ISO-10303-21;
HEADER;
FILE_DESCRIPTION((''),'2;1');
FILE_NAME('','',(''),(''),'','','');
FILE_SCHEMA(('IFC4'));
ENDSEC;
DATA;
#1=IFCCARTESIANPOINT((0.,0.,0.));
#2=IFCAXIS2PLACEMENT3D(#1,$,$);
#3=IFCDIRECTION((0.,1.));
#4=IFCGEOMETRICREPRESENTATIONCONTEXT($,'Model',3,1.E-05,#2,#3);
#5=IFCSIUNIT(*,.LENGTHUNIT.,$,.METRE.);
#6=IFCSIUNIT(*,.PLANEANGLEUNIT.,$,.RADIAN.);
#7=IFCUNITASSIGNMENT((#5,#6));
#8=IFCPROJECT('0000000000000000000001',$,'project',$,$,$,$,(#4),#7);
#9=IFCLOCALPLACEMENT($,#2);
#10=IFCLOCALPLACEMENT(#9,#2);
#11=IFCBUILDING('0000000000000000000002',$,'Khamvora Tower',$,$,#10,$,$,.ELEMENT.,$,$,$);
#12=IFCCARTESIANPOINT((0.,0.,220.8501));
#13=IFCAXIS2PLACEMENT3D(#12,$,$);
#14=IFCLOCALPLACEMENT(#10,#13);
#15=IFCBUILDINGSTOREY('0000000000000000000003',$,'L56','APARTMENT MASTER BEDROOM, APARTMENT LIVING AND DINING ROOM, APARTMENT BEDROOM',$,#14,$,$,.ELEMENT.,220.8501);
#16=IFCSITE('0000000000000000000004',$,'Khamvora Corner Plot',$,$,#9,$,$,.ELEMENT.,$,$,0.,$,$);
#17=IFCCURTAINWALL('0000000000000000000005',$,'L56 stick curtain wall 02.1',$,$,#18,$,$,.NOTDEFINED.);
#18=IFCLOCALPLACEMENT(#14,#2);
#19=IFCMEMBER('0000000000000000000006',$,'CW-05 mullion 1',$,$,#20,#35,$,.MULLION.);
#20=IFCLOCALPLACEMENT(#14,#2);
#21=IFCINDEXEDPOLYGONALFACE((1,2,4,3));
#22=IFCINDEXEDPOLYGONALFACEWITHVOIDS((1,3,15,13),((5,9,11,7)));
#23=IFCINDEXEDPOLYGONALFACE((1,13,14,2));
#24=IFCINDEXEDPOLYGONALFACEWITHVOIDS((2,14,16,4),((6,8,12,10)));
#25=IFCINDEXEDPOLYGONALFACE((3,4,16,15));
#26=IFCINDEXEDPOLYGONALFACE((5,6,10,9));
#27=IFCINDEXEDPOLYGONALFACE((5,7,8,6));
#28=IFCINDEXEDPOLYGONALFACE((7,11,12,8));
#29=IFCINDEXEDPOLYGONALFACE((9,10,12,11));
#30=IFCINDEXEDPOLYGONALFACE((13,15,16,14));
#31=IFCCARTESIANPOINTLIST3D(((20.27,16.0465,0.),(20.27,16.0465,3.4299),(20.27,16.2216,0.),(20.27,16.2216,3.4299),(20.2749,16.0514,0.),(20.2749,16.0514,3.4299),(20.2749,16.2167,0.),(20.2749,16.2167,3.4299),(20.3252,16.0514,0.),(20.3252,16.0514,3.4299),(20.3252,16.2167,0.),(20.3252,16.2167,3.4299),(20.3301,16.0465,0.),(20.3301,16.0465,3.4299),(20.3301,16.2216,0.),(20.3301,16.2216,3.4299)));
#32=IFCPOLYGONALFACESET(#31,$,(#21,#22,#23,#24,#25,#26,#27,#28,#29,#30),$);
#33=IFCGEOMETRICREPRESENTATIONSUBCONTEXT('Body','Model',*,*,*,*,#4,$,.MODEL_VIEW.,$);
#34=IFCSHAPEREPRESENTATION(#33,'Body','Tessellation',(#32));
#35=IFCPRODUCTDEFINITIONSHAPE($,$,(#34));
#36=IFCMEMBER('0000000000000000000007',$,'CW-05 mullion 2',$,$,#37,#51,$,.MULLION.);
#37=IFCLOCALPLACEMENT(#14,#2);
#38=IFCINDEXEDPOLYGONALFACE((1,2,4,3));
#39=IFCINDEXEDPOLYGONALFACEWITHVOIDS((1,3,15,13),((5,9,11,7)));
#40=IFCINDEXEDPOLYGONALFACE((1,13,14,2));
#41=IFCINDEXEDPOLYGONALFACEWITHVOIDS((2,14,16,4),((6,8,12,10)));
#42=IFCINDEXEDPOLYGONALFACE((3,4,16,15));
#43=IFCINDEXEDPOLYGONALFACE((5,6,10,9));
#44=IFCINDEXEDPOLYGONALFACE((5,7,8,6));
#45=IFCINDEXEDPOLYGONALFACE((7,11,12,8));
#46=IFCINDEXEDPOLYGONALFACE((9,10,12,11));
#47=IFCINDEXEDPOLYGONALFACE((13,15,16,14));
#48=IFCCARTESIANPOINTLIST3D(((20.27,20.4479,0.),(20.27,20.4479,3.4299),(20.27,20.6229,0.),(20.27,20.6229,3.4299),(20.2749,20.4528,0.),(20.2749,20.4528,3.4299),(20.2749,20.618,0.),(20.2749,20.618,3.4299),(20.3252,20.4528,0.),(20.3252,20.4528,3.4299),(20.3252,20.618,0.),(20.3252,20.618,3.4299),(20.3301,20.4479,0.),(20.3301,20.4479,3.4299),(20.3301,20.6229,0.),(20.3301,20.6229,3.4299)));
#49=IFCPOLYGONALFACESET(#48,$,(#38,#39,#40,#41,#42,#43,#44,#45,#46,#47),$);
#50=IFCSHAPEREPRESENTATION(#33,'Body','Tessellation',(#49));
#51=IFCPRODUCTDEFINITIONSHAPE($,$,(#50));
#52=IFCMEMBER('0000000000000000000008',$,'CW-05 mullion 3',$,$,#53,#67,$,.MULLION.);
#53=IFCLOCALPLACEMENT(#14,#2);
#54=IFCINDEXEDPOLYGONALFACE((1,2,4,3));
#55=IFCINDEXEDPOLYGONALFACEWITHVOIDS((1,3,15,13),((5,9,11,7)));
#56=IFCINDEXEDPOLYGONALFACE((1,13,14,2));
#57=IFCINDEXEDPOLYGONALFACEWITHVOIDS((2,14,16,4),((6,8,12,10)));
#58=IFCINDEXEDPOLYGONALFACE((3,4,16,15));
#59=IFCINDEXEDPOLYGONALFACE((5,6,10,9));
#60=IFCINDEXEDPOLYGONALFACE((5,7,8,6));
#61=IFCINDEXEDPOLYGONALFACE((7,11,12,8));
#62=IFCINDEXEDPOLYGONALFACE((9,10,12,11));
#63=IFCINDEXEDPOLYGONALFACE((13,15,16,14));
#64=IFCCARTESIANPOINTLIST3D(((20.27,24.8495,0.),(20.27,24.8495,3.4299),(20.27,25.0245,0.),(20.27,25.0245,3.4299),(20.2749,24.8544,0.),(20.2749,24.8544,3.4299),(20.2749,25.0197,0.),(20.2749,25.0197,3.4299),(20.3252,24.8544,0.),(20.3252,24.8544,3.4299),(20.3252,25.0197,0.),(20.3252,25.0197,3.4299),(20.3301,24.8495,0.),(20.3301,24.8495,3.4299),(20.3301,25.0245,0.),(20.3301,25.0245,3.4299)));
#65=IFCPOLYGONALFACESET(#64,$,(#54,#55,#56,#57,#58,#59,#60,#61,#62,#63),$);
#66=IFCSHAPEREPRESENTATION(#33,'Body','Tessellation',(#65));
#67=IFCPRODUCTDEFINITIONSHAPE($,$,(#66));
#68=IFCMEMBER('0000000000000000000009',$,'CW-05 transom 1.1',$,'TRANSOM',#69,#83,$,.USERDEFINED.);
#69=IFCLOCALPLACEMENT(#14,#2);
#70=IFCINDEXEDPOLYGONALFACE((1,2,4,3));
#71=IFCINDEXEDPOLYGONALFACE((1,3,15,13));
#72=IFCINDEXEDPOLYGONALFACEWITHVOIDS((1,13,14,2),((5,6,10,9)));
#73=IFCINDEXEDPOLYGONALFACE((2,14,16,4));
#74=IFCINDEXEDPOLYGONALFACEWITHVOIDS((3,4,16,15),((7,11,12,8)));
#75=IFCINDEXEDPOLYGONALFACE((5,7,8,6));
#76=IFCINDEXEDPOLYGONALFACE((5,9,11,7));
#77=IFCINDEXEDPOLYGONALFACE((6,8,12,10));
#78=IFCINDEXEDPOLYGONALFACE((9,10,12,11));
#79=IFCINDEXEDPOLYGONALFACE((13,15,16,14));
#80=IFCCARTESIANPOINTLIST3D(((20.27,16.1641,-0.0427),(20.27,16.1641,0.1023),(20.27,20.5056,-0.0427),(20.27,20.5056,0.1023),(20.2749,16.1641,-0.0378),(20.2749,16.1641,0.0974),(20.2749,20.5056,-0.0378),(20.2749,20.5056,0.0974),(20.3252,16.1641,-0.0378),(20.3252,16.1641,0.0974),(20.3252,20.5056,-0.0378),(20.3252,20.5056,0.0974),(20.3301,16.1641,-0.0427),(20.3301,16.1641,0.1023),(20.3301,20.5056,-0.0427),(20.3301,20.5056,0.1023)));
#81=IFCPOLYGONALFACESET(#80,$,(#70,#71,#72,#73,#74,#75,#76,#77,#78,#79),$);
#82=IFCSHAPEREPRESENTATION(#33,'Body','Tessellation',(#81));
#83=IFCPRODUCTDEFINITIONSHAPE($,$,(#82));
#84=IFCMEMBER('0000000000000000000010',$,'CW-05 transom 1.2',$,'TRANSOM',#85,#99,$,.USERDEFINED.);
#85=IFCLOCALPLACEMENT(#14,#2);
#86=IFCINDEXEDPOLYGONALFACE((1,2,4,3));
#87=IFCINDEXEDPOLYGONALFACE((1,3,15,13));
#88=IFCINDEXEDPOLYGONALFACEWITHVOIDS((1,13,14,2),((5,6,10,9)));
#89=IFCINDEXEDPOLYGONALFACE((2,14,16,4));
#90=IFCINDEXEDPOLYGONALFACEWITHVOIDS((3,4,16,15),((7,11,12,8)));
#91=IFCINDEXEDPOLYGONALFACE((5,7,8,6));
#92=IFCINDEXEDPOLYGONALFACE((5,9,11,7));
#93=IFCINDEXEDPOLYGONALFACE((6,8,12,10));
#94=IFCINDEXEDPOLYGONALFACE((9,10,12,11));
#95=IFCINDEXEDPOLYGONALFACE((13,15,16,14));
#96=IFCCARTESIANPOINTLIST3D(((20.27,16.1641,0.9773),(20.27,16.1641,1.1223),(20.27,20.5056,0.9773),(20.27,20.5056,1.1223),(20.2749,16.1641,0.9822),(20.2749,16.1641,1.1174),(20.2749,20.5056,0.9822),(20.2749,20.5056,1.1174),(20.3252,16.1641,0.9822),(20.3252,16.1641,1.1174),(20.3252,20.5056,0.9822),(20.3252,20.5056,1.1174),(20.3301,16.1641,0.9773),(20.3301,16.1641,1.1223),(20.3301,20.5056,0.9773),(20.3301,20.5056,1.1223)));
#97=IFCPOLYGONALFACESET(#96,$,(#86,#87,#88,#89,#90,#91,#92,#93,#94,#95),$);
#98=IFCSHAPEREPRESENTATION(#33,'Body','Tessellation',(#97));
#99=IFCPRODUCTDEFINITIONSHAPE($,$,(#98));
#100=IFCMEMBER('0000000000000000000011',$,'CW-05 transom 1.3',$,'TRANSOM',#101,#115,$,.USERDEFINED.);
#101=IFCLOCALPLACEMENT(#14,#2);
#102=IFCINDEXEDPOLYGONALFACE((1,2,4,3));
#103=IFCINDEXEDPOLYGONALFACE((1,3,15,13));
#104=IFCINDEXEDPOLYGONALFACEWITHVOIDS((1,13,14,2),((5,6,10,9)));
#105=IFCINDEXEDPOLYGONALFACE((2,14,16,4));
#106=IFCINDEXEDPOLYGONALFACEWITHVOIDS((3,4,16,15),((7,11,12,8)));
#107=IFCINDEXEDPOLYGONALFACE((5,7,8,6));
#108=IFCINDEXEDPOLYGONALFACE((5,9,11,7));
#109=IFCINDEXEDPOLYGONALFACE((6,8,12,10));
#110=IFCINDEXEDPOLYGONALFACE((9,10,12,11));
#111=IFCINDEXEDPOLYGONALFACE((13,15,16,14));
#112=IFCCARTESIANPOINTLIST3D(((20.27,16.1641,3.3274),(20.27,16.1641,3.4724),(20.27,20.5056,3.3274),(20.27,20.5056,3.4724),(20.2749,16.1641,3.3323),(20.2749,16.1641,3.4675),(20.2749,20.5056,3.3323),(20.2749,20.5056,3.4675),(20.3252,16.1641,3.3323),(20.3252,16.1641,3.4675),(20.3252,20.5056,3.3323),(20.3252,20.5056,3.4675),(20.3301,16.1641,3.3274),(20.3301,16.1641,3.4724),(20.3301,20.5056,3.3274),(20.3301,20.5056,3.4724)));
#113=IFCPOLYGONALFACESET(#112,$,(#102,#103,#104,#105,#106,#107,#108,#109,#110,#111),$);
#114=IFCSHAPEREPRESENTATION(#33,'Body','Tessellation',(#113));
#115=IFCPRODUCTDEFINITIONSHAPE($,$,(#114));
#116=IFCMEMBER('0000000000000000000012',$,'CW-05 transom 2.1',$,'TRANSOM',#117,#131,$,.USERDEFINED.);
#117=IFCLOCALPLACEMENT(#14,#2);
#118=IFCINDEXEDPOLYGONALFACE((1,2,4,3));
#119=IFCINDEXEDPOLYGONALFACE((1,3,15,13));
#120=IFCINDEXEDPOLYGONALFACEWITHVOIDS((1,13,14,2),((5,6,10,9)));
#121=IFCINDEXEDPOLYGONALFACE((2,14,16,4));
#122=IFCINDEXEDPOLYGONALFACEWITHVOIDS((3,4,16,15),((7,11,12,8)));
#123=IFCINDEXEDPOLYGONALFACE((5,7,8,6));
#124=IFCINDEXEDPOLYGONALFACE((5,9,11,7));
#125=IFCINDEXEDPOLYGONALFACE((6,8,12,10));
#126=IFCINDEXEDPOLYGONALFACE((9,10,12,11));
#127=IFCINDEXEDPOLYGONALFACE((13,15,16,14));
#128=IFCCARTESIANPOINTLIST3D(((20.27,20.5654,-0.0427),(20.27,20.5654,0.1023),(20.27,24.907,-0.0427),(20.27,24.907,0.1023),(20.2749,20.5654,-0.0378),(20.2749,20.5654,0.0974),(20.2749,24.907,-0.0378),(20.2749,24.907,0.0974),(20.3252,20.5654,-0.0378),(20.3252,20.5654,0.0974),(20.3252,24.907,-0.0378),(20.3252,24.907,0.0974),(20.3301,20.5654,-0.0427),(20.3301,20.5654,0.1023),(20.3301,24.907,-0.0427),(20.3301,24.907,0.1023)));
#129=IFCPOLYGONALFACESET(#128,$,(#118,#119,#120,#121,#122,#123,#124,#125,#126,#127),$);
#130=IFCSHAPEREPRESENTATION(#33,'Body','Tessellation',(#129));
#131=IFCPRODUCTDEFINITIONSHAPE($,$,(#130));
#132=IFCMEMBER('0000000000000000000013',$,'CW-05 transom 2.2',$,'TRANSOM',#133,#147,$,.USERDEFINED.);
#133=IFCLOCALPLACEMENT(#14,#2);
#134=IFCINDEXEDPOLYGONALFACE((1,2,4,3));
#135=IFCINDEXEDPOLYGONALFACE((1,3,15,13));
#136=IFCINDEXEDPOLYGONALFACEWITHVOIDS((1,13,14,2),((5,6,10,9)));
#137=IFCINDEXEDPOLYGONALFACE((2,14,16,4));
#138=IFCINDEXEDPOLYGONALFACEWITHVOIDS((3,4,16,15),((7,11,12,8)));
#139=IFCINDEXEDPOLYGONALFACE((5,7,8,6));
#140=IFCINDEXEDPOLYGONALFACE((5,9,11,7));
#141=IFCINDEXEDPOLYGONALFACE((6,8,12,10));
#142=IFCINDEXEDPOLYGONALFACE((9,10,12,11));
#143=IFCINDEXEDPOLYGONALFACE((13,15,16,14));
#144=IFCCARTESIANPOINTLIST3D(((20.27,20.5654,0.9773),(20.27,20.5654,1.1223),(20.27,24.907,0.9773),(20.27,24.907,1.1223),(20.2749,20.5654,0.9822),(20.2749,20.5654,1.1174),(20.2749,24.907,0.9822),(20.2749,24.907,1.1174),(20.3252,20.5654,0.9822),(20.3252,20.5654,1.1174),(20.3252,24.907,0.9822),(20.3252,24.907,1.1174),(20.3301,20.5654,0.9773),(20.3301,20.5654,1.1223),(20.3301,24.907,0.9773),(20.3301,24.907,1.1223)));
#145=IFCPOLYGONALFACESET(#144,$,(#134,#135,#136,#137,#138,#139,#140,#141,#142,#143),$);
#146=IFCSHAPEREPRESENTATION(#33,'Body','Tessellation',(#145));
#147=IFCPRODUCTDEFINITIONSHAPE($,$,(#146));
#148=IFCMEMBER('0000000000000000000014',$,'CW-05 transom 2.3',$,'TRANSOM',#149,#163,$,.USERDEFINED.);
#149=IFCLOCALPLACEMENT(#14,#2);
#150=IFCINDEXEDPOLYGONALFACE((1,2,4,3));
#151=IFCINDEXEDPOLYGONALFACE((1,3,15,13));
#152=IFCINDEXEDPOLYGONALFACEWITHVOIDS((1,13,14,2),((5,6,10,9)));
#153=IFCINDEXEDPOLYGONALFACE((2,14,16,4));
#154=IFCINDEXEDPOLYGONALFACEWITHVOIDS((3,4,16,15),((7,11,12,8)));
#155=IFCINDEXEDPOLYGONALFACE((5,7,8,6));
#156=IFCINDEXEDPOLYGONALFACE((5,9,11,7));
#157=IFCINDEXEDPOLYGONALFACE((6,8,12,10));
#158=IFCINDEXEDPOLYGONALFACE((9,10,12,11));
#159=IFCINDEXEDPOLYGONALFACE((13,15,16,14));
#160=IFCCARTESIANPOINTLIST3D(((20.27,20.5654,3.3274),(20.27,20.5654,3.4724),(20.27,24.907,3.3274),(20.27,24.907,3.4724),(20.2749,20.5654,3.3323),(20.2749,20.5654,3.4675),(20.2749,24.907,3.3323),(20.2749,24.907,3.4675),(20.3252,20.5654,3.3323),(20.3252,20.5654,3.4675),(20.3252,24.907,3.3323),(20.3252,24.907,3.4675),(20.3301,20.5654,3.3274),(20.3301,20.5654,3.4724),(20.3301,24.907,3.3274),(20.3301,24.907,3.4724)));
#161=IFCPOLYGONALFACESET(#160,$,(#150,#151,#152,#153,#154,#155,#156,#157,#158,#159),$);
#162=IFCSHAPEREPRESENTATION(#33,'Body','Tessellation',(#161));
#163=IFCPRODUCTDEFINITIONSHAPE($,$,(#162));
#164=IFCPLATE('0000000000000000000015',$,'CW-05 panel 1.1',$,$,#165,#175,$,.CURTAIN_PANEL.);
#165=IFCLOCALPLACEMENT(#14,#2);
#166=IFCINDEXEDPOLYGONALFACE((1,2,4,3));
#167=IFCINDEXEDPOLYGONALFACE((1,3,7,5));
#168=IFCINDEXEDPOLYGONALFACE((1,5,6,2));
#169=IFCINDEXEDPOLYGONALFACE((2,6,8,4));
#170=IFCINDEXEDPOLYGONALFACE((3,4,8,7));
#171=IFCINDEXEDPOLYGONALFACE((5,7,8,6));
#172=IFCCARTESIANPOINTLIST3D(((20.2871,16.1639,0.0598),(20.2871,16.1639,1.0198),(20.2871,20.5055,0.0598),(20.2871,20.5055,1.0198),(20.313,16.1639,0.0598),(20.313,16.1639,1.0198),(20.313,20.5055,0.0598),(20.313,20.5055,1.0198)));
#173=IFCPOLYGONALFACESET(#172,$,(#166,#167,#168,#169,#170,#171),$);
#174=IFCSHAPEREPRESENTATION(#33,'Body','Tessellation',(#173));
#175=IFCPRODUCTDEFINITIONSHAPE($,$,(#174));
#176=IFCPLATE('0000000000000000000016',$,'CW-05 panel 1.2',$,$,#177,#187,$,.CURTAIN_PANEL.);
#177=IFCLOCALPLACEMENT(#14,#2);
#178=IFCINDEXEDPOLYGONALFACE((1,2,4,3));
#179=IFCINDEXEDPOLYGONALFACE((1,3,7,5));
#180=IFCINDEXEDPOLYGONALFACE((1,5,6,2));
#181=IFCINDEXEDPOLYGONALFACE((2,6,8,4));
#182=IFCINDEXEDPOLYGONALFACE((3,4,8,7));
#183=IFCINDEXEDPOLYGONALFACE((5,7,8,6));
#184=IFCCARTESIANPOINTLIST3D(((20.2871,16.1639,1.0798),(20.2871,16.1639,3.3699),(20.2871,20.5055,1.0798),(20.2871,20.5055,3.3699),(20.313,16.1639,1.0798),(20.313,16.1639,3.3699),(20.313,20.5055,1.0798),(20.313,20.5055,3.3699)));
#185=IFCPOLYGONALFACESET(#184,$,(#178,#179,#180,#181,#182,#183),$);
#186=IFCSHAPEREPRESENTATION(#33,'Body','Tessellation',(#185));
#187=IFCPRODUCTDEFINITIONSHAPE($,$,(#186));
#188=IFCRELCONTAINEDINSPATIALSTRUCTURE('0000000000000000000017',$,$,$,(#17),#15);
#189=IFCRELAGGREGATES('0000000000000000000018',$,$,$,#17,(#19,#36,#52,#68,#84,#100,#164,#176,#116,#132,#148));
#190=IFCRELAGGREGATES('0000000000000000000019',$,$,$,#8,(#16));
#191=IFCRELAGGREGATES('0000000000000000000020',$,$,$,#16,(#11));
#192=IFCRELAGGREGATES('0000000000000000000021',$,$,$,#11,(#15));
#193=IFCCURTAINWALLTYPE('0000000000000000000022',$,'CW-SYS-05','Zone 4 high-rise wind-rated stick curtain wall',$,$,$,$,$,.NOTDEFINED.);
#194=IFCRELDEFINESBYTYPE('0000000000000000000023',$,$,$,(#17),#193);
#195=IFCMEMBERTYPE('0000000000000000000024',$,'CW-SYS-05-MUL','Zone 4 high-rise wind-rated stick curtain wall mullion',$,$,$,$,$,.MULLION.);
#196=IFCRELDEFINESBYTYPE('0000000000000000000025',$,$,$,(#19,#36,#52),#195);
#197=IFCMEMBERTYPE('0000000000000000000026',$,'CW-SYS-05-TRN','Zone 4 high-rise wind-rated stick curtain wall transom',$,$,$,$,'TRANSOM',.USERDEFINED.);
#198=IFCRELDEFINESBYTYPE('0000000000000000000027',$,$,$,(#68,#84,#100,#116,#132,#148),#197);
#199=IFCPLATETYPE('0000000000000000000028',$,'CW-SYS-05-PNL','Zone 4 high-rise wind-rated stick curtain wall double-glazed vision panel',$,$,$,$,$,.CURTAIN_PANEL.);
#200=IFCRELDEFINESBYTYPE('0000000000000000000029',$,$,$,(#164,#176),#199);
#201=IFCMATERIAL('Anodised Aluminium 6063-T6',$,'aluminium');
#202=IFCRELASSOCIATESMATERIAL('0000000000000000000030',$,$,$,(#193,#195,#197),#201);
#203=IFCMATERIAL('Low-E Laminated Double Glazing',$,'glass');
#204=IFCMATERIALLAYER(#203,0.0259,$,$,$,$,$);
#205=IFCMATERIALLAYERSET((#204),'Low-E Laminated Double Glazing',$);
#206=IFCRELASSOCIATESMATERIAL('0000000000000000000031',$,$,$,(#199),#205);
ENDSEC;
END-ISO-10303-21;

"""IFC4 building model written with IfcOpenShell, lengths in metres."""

from ifc_helpers import new_model, si_unit, direction, frame, origin, origin_2d, place, context, subcontext, project, spatial, rectangle, hollow_rectangle, extrude, material, layer, layer_set, material_profile, profile_set, type_object, element, aggregate, save


model = new_model("IFC4")

# Units and contexts
model_context = context("Model", 3, precision=1e-05, world=origin(), true_north=direction((0.0, 1.0)))
body_context = subcontext(model_context, "Body", "Model", "MODEL_VIEW")
ifc_project = project(units=[si_unit("LENGTHUNIT", "METRE"), si_unit("PLANEANGLEUNIT", "RADIAN")], contexts=[model_context])

# Site, building, storey
site_placement = place(None, origin())
site = spatial("IfcSite", under=ifc_project, at=site_placement, Name="Khamvora Corner Plot", CompositionType="ELEMENT", RefElevation=0.0)
building_placement = place(site_placement, origin())
building = spatial("IfcBuilding", under=site, at=building_placement, Name="Khamvora Tower", CompositionType="ELEMENT")
storey_placement = place(building_placement, frame((0.0, 0.0, 220.8501)))
storey = spatial("IfcBuildingStorey", under=building, at=storey_placement, Name="L56", Description="APARTMENT MASTER BEDROOM, APARTMENT LIVING AND DINING ROOM, APARTMENT BEDROOM", CompositionType="ELEMENT", Elevation=220.8501)

# Curtain wall, members, plates
ifc_material_1 = material(Name="Anodised Aluminium 6063-T6", Category="aluminium")
curtain_wall_type = type_object("IfcCurtainWallType", Name="CW-SYS-05", Description="Zone 4 high-rise wind-rated stick curtain wall", PredefinedType="NOTDEFINED", material=ifc_material_1)
curtain_wall_placement = place(storey_placement, origin())
curtain_wall = element("IfcCurtainWall", 1, at=curtain_wall_placement, inside=storey, type_object=curtain_wall_type, Name="L56 stick curtain wall 02.1", PredefinedType="NOTDEFINED")
ifc_material_profile_1 = material_profile(ifc_material_1, hollow_rectangle(XDim=0.0601, YDim=0.175, WallThickness=0.0049, at=origin_2d()), Name="MUL60x175x5")
ifc_profile_set_1 = profile_set([ifc_material_profile_1], Name="Anodised Aluminium 6063-T6")
member_type_1 = type_object("IfcMemberType", Name="CW-SYS-05-MUL", Description="Zone 4 high-rise wind-rated stick curtain wall mullion", PredefinedType="MULLION", material=ifc_profile_set_1)
member_1_placement = place(storey_placement, frame((20.3, 16.134, 0.0), z_axis=(0.0, 0.0, 1.0), x_axis=(-1.0, 0.0, 0.0)))
member_1 = element("IfcMember", 2, at=member_1_placement, type_object=member_type_1, Name="CW-05 mullion 1", PredefinedType="MULLION", context=body_context, shape_type="SweptSolid", body=[
    extrude(hollow_rectangle(XDim=0.0601, YDim=0.175, WallThickness=0.0049, at=origin_2d()), origin(), (0.0, 0.0, 1.0), 3.4299),
])
member_2_placement = place(storey_placement, frame((20.3, 20.5354, 0.0), z_axis=(0.0, 0.0, 1.0), x_axis=(-1.0, 0.0, 0.0)))
member_2 = element("IfcMember", 3, at=member_2_placement, type_object=member_type_1, Name="CW-05 mullion 2", PredefinedType="MULLION", context=body_context, shape_type="SweptSolid", body=[
    extrude(hollow_rectangle(XDim=0.0601, YDim=0.175, WallThickness=0.0049, at=origin_2d()), origin(), (0.0, 0.0, 1.0), 3.4299),
])
member_3_placement = place(storey_placement, frame((20.3, 24.937, 0.0), z_axis=(0.0, 0.0, 1.0), x_axis=(-1.0, 0.0, 0.0)))
member_3 = element("IfcMember", 4, at=member_3_placement, type_object=member_type_1, Name="CW-05 mullion 3", PredefinedType="MULLION", context=body_context, shape_type="SweptSolid", body=[
    extrude(hollow_rectangle(XDim=0.0601, YDim=0.175, WallThickness=0.0049, at=origin_2d()), origin(), (0.0, 0.0, 1.0), 3.4299),
])
ifc_material_profile_2 = material_profile(ifc_material_1, hollow_rectangle(XDim=0.0601, YDim=0.145, WallThickness=0.0049, at=origin_2d()), Name="TRN60x145x5")
ifc_profile_set_2 = profile_set([ifc_material_profile_2], Name="Anodised Aluminium 6063-T6")
member_type_2 = type_object("IfcMemberType", Name="CW-SYS-05-TRN", Description="Zone 4 high-rise wind-rated stick curtain wall transom", ElementType="TRANSOM", PredefinedType="USERDEFINED", material=ifc_profile_set_2)
member_4_placement = place(storey_placement, frame((20.3, 16.1641, 0.0298), z_axis=(0.0, 1.0, 0.0), x_axis=(-1.0, 0.0, 0.0)))
member_4 = element("IfcMember", 5, at=member_4_placement, type_object=member_type_2, Name="CW-05 transom 1.1", ObjectType="TRANSOM", PredefinedType="USERDEFINED", context=body_context, shape_type="SweptSolid", body=[
    extrude(hollow_rectangle(XDim=0.0601, YDim=0.145, WallThickness=0.0049, at=origin_2d()), origin(), (0.0, 0.0, 1.0), 4.3416),
])
member_5_placement = place(storey_placement, frame((20.3, 16.1641, 1.0498), z_axis=(0.0, 1.0, 0.0), x_axis=(-1.0, 0.0, 0.0)))
member_5 = element("IfcMember", 6, at=member_5_placement, type_object=member_type_2, Name="CW-05 transom 1.2", ObjectType="TRANSOM", PredefinedType="USERDEFINED", context=body_context, shape_type="SweptSolid", body=[
    extrude(hollow_rectangle(XDim=0.0601, YDim=0.145, WallThickness=0.0049, at=origin_2d()), origin(), (0.0, 0.0, 1.0), 4.3416),
])
member_6_placement = place(storey_placement, frame((20.3, 16.1641, 3.3999), z_axis=(0.0, 1.0, 0.0), x_axis=(-1.0, 0.0, 0.0)))
member_6 = element("IfcMember", 7, at=member_6_placement, type_object=member_type_2, Name="CW-05 transom 1.3", ObjectType="TRANSOM", PredefinedType="USERDEFINED", context=body_context, shape_type="SweptSolid", body=[
    extrude(hollow_rectangle(XDim=0.0601, YDim=0.145, WallThickness=0.0049, at=origin_2d()), origin(), (0.0, 0.0, 1.0), 4.3416),
])
member_7_placement = place(storey_placement, frame((20.3, 20.5654, 0.0298), z_axis=(0.0, 1.0, 0.0), x_axis=(-1.0, 0.0, 0.0)))
member_7 = element("IfcMember", 8, at=member_7_placement, type_object=member_type_2, Name="CW-05 transom 2.1", ObjectType="TRANSOM", PredefinedType="USERDEFINED", context=body_context, shape_type="SweptSolid", body=[
    extrude(hollow_rectangle(XDim=0.0601, YDim=0.145, WallThickness=0.0049, at=origin_2d()), origin(), (0.0, 0.0, 1.0), 4.3416),
])
member_8_placement = place(storey_placement, frame((20.3, 20.5654, 1.0498), z_axis=(0.0, 1.0, 0.0), x_axis=(-1.0, 0.0, 0.0)))
member_8 = element("IfcMember", 9, at=member_8_placement, type_object=member_type_2, Name="CW-05 transom 2.2", ObjectType="TRANSOM", PredefinedType="USERDEFINED", context=body_context, shape_type="SweptSolid", body=[
    extrude(hollow_rectangle(XDim=0.0601, YDim=0.145, WallThickness=0.0049, at=origin_2d()), origin(), (0.0, 0.0, 1.0), 4.3416),
])
member_9_placement = place(storey_placement, frame((20.3, 20.5654, 3.3999), z_axis=(0.0, 1.0, 0.0), x_axis=(-1.0, 0.0, 0.0)))
member_9 = element("IfcMember", 10, at=member_9_placement, type_object=member_type_2, Name="CW-05 transom 2.3", ObjectType="TRANSOM", PredefinedType="USERDEFINED", context=body_context, shape_type="SweptSolid", body=[
    extrude(hollow_rectangle(XDim=0.0601, YDim=0.145, WallThickness=0.0049, at=origin_2d()), origin(), (0.0, 0.0, 1.0), 4.3416),
])
ifc_material_2 = material(Name="Low-E Laminated Double Glazing", Category="glass")
ifc_layer_1 = layer(ifc_material_2, 0.0259)
ifc_layer_set_1 = layer_set([ifc_layer_1], Name="Low-E Laminated Double Glazing")
plate_type = type_object("IfcPlateType", Name="CW-SYS-05-PNL", Description="Zone 4 high-rise wind-rated stick curtain wall double-glazed vision panel", PredefinedType="CURTAIN_PANEL", material=ifc_layer_set_1)
plate_1_placement = place(storey_placement, frame((20.3, 18.3347, 0.0598), z_axis=(0.0, 0.0, 1.0), x_axis=(0.0, 1.0, 0.0)))
plate_1 = element("IfcPlate", 11, at=plate_1_placement, type_object=plate_type, Name="CW-05 panel 1.1", PredefinedType="CURTAIN_PANEL", context=body_context, shape_type="SweptSolid", body=[
    extrude(rectangle(XDim=4.3416, YDim=0.0259, at=origin_2d()), origin(), (0.0, 0.0, 1.0), 0.96),
])
plate_2_placement = place(storey_placement, frame((20.3, 18.3347, 1.0798), z_axis=(0.0, 0.0, 1.0), x_axis=(0.0, 1.0, 0.0)))
plate_2 = element("IfcPlate", 12, at=plate_2_placement, type_object=plate_type, Name="CW-05 panel 1.2", PredefinedType="CURTAIN_PANEL", context=body_context, shape_type="SweptSolid", body=[
    extrude(rectangle(XDim=4.3416, YDim=0.0259, at=origin_2d()), origin(), (0.0, 0.0, 1.0), 2.29),
])
aggregate(curtain_wall, [member_1, member_2, member_3, member_4, member_5, member_6, plate_1, plate_2, member_7, member_8, member_9])

save(model, "model.ifc")
